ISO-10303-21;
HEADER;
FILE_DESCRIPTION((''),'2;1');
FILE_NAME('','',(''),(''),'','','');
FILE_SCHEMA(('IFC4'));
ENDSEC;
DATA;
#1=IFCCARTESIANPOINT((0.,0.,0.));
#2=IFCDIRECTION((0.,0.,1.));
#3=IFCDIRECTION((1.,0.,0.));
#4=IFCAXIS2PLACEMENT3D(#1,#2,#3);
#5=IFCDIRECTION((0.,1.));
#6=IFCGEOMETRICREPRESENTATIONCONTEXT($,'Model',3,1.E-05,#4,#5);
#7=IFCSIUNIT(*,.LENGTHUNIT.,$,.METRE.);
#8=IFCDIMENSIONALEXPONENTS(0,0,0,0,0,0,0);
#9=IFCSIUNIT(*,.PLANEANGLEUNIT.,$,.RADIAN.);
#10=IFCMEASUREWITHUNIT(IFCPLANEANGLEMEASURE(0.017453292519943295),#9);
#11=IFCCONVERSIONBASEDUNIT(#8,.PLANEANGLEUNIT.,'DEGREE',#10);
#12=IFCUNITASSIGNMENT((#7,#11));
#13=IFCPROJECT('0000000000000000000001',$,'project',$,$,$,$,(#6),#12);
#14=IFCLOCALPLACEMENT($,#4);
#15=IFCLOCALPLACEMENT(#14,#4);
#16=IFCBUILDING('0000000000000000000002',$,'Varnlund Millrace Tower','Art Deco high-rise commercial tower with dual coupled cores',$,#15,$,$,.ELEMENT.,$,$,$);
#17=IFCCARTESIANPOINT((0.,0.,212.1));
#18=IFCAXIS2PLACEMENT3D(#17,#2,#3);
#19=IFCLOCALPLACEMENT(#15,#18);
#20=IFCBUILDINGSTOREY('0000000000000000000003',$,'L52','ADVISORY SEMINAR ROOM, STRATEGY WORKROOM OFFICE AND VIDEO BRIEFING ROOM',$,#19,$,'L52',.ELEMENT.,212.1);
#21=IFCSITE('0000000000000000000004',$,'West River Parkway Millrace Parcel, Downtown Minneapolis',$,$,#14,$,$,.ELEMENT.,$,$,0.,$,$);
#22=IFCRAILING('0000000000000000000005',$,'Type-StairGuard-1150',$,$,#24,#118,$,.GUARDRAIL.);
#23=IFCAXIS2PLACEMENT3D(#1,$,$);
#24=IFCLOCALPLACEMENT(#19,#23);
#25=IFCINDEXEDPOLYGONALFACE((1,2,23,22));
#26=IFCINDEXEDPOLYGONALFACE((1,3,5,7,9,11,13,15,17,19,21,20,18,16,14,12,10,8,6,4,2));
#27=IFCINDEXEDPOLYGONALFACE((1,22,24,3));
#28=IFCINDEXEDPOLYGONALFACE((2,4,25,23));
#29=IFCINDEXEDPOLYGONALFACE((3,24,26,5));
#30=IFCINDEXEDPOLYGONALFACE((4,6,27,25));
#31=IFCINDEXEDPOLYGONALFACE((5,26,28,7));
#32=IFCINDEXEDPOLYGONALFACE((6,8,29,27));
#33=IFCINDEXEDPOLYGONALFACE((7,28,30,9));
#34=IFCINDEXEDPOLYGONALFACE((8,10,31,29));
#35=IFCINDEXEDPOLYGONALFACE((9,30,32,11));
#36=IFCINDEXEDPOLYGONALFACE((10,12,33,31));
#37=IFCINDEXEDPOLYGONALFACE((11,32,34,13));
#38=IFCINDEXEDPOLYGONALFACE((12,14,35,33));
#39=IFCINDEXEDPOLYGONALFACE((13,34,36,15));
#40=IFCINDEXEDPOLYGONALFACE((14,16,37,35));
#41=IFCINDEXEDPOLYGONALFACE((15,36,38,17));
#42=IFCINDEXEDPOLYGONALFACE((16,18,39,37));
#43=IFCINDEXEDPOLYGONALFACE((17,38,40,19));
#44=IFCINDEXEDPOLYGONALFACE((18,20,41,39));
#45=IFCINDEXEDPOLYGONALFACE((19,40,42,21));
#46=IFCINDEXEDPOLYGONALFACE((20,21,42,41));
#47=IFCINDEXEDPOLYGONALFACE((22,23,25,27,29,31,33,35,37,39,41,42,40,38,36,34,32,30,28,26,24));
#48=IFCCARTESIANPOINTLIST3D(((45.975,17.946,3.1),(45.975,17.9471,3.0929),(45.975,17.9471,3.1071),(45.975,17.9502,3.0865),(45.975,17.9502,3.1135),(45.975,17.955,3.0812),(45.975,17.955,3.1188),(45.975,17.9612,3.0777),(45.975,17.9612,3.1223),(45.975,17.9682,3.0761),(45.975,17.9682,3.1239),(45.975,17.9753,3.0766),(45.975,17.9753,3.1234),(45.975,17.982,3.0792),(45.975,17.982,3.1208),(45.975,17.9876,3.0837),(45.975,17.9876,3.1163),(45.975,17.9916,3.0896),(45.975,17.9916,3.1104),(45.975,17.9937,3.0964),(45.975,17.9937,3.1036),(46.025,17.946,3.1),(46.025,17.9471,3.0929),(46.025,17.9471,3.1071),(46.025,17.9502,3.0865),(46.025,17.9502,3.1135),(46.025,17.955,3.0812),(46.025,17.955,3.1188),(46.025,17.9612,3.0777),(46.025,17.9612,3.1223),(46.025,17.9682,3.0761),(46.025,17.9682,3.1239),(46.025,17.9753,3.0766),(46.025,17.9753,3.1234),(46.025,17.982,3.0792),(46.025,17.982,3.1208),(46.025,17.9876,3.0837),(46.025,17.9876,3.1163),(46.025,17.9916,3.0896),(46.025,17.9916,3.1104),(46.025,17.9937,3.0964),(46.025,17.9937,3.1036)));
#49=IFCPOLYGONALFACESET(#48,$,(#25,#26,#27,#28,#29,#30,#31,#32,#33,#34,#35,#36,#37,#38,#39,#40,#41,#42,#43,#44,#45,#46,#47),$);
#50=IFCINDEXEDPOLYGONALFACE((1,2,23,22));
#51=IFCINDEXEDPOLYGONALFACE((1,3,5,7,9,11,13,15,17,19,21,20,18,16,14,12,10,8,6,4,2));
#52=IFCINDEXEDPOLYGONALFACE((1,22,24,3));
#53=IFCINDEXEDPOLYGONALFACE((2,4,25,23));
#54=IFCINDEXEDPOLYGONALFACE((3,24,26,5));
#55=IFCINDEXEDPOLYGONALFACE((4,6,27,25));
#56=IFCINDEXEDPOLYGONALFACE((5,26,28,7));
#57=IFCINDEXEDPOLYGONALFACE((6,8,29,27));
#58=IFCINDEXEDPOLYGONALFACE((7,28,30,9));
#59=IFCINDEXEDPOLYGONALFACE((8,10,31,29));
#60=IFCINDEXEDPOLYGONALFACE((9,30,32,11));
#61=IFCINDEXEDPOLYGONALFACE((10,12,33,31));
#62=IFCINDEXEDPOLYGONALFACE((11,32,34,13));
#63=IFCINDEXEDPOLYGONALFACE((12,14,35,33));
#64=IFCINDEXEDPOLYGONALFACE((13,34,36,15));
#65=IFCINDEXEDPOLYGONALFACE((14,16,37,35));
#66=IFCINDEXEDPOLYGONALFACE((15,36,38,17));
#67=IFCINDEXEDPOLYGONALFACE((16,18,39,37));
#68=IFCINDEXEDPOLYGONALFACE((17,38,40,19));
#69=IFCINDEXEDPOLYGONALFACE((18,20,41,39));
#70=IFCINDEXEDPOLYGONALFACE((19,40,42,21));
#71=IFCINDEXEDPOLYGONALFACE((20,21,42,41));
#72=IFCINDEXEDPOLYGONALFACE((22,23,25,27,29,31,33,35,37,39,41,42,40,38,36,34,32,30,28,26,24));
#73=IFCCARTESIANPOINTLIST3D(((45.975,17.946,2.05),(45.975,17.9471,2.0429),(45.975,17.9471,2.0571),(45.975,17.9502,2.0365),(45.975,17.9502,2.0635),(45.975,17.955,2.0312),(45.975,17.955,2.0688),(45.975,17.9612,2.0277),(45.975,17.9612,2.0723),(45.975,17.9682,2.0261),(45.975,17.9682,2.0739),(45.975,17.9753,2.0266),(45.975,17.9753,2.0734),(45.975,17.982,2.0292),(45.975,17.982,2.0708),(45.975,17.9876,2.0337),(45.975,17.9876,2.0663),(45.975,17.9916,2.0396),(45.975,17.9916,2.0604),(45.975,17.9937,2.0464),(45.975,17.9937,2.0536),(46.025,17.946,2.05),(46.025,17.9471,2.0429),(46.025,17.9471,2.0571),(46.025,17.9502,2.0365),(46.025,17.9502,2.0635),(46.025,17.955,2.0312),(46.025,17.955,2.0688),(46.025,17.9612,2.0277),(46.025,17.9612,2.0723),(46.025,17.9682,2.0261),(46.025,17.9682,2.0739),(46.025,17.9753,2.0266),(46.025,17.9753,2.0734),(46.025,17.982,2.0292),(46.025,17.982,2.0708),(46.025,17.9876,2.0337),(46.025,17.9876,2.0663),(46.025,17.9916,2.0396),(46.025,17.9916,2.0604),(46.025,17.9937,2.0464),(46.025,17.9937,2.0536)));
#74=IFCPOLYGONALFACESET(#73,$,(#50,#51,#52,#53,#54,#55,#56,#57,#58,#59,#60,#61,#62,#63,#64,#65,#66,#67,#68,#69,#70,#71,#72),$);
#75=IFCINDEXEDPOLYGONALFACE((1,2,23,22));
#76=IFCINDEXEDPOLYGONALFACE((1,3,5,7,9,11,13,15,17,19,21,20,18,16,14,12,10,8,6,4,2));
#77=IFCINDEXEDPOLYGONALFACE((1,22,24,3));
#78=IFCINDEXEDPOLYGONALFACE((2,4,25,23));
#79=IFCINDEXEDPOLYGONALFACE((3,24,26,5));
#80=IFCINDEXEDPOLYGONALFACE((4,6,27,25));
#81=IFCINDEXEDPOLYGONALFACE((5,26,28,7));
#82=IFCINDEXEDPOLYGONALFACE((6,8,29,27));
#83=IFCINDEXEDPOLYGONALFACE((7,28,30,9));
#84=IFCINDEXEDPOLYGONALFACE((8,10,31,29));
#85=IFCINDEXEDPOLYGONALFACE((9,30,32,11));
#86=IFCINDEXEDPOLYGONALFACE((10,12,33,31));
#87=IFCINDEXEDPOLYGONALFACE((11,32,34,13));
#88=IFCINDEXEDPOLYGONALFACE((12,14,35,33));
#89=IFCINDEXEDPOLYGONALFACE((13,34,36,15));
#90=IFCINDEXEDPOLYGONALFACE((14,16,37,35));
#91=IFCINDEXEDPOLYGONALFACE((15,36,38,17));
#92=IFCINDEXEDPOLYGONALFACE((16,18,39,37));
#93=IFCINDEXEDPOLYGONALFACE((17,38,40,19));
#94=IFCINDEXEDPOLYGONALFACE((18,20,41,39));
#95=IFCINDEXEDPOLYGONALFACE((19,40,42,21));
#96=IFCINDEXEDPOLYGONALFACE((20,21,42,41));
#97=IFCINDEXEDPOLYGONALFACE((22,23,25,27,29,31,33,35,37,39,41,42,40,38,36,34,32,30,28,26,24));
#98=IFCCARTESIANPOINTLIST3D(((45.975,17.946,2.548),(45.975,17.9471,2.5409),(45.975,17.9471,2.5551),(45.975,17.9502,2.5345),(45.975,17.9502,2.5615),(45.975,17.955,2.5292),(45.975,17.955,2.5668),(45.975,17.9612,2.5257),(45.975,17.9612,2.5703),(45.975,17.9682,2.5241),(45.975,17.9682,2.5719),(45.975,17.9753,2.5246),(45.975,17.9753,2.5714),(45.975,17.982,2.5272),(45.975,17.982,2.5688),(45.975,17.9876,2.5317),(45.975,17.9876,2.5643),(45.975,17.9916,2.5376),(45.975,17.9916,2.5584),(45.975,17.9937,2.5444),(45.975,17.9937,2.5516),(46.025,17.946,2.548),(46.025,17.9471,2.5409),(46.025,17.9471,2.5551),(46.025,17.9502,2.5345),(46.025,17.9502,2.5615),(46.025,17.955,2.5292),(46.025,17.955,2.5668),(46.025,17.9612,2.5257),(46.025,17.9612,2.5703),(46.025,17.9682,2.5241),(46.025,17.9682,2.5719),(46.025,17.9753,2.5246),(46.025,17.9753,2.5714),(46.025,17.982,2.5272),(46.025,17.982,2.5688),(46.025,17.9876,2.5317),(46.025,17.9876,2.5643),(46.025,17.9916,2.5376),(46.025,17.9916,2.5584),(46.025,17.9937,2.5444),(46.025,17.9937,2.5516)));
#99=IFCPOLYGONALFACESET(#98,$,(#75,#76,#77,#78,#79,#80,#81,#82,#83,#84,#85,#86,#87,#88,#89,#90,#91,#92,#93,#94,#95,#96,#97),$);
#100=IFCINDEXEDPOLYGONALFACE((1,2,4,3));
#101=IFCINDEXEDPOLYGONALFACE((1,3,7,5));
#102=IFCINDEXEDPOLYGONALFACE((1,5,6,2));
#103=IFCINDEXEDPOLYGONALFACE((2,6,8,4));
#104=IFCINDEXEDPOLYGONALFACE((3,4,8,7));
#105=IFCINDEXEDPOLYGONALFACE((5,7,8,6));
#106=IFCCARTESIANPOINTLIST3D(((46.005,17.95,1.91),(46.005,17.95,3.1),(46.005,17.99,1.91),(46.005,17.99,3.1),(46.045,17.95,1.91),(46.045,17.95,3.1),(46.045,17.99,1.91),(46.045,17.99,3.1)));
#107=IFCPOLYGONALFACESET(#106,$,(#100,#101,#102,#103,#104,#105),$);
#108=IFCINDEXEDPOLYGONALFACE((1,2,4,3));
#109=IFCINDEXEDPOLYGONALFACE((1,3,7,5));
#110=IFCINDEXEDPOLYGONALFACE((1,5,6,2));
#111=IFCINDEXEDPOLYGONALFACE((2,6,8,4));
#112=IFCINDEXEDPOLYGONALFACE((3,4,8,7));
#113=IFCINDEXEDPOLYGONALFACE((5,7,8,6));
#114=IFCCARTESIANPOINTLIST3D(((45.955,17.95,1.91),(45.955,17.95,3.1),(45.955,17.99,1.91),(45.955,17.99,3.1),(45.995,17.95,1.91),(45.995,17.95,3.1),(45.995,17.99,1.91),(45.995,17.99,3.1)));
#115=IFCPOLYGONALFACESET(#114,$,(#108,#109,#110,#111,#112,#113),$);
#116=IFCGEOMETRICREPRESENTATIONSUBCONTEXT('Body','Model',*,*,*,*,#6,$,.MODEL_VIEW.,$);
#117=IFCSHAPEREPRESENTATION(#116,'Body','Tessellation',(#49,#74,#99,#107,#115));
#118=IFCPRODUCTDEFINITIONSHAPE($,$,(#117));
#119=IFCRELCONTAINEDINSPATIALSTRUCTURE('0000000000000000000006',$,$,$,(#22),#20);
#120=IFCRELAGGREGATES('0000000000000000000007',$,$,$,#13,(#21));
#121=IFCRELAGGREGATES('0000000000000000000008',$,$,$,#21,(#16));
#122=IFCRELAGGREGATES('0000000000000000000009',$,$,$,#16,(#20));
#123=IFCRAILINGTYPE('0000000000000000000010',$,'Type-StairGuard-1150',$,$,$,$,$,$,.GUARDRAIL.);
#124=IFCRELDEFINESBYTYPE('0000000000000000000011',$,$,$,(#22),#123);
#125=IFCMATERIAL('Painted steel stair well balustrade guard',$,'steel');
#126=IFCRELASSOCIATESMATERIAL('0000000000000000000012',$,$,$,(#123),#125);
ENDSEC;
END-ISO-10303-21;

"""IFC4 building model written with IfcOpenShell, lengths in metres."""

from ifc_helpers import new_model, entity, si_unit, converted_unit, direction, frame, origin_with_axes, origin_2d_with_axis, place, context, subcontext, project, spatial, rectangle, circle, extrude, material, type_object, element, save


model = new_model("IFC4")

# Units and contexts
model_context = context("Model", 3, precision=1e-05, world=origin_with_axes(), true_north=direction((0.0, 1.0)))
body_context = subcontext(model_context, "Body", "Model", "MODEL_VIEW")
ifc_project = project(units=[si_unit("LENGTHUNIT", "METRE"), converted_unit("PLANEANGLEUNIT", "DEGREE", entity("IfcPlaneAngleMeasure", 0.017453292519943295), si_unit("PLANEANGLEUNIT", "RADIAN"), dimensions=[0, 0, 0, 0, 0, 0, 0])], contexts=[model_context])

# Site, building, storey
site_placement = place(None, origin_with_axes())
site = spatial("IfcSite", under=ifc_project, at=site_placement, Name="West River Parkway Millrace Parcel, Downtown Minneapolis", CompositionType="ELEMENT", RefElevation=0.0)
building_placement = place(site_placement, origin_with_axes())
building = spatial("IfcBuilding", under=site, at=building_placement, Name="Varnlund Millrace Tower", Description="Art Deco high-rise commercial tower with dual coupled cores", CompositionType="ELEMENT")
storey_placement = place(building_placement, frame((0.0, 0.0, 212.1), z_axis=(0.0, 0.0, 1.0), x_axis=(1.0, 0.0, 0.0)))
storey = spatial("IfcBuildingStorey", under=building, at=storey_placement, Name="L52", Description="ADVISORY SEMINAR ROOM, STRATEGY WORKROOM OFFICE AND VIDEO BRIEFING ROOM", LongName="L52", CompositionType="ELEMENT", Elevation=212.1)

# Railing
ifc_material_1 = material(Name="Painted steel stair well balustrade guard", Category="steel")
railing_type_1 = type_object("IfcRailingType", Name="Type-StairGuard-1150", PredefinedType="GUARDRAIL", material=ifc_material_1)
railing_1_placement = place(storey_placement, frame((0.0, 0.0, -212.1), z_axis=(0.0, 0.0, 1.0), x_axis=(1.0, 0.0, 0.0)))
element("IfcRailing", 1, at=railing_1_placement, inside=storey, type_object=railing_type_1, Name="Type-StairGuard-1150", PredefinedType="GUARDRAIL", context=body_context, shape_type="SweptSolid", body=[
    extrude(circle(Radius=0.024, at=origin_2d_with_axis()), frame((46.025, 17.97, 215.2), z_axis=(-1.0, 0.0, 0.0), x_axis=(0.0, -1.0, 0.0)), (0.0, 0.0, 1.0), 0.05),
    extrude(circle(Radius=0.024, at=origin_2d_with_axis()), frame((46.025, 17.97, 214.15), z_axis=(-1.0, 0.0, 0.0), x_axis=(0.0, -1.0, 0.0)), (0.0, 0.0, 1.0), 0.05),
    extrude(circle(Radius=0.024, at=origin_2d_with_axis()), frame((46.025, 17.97, 214.648), z_axis=(-1.0, 0.0, 0.0), x_axis=(0.0, -1.0, 0.0)), (0.0, 0.0, 1.0), 0.05),
    extrude(rectangle(XDim=0.04, YDim=0.04, at=origin_2d_with_axis()), frame((46.025, 17.97, 214.01), z_axis=(0.0, 0.0, 1.0), x_axis=(1.0, 0.0, 0.0)), (0.0, 0.0, 1.0), 1.19),
    extrude(rectangle(XDim=0.04, YDim=0.04, at=origin_2d_with_axis()), frame((45.975, 17.97, 214.01), z_axis=(0.0, 0.0, 1.0), x_axis=(1.0, 0.0, 0.0)), (0.0, 0.0, 1.0), 1.19),
])

save(model, "model.ifc")
